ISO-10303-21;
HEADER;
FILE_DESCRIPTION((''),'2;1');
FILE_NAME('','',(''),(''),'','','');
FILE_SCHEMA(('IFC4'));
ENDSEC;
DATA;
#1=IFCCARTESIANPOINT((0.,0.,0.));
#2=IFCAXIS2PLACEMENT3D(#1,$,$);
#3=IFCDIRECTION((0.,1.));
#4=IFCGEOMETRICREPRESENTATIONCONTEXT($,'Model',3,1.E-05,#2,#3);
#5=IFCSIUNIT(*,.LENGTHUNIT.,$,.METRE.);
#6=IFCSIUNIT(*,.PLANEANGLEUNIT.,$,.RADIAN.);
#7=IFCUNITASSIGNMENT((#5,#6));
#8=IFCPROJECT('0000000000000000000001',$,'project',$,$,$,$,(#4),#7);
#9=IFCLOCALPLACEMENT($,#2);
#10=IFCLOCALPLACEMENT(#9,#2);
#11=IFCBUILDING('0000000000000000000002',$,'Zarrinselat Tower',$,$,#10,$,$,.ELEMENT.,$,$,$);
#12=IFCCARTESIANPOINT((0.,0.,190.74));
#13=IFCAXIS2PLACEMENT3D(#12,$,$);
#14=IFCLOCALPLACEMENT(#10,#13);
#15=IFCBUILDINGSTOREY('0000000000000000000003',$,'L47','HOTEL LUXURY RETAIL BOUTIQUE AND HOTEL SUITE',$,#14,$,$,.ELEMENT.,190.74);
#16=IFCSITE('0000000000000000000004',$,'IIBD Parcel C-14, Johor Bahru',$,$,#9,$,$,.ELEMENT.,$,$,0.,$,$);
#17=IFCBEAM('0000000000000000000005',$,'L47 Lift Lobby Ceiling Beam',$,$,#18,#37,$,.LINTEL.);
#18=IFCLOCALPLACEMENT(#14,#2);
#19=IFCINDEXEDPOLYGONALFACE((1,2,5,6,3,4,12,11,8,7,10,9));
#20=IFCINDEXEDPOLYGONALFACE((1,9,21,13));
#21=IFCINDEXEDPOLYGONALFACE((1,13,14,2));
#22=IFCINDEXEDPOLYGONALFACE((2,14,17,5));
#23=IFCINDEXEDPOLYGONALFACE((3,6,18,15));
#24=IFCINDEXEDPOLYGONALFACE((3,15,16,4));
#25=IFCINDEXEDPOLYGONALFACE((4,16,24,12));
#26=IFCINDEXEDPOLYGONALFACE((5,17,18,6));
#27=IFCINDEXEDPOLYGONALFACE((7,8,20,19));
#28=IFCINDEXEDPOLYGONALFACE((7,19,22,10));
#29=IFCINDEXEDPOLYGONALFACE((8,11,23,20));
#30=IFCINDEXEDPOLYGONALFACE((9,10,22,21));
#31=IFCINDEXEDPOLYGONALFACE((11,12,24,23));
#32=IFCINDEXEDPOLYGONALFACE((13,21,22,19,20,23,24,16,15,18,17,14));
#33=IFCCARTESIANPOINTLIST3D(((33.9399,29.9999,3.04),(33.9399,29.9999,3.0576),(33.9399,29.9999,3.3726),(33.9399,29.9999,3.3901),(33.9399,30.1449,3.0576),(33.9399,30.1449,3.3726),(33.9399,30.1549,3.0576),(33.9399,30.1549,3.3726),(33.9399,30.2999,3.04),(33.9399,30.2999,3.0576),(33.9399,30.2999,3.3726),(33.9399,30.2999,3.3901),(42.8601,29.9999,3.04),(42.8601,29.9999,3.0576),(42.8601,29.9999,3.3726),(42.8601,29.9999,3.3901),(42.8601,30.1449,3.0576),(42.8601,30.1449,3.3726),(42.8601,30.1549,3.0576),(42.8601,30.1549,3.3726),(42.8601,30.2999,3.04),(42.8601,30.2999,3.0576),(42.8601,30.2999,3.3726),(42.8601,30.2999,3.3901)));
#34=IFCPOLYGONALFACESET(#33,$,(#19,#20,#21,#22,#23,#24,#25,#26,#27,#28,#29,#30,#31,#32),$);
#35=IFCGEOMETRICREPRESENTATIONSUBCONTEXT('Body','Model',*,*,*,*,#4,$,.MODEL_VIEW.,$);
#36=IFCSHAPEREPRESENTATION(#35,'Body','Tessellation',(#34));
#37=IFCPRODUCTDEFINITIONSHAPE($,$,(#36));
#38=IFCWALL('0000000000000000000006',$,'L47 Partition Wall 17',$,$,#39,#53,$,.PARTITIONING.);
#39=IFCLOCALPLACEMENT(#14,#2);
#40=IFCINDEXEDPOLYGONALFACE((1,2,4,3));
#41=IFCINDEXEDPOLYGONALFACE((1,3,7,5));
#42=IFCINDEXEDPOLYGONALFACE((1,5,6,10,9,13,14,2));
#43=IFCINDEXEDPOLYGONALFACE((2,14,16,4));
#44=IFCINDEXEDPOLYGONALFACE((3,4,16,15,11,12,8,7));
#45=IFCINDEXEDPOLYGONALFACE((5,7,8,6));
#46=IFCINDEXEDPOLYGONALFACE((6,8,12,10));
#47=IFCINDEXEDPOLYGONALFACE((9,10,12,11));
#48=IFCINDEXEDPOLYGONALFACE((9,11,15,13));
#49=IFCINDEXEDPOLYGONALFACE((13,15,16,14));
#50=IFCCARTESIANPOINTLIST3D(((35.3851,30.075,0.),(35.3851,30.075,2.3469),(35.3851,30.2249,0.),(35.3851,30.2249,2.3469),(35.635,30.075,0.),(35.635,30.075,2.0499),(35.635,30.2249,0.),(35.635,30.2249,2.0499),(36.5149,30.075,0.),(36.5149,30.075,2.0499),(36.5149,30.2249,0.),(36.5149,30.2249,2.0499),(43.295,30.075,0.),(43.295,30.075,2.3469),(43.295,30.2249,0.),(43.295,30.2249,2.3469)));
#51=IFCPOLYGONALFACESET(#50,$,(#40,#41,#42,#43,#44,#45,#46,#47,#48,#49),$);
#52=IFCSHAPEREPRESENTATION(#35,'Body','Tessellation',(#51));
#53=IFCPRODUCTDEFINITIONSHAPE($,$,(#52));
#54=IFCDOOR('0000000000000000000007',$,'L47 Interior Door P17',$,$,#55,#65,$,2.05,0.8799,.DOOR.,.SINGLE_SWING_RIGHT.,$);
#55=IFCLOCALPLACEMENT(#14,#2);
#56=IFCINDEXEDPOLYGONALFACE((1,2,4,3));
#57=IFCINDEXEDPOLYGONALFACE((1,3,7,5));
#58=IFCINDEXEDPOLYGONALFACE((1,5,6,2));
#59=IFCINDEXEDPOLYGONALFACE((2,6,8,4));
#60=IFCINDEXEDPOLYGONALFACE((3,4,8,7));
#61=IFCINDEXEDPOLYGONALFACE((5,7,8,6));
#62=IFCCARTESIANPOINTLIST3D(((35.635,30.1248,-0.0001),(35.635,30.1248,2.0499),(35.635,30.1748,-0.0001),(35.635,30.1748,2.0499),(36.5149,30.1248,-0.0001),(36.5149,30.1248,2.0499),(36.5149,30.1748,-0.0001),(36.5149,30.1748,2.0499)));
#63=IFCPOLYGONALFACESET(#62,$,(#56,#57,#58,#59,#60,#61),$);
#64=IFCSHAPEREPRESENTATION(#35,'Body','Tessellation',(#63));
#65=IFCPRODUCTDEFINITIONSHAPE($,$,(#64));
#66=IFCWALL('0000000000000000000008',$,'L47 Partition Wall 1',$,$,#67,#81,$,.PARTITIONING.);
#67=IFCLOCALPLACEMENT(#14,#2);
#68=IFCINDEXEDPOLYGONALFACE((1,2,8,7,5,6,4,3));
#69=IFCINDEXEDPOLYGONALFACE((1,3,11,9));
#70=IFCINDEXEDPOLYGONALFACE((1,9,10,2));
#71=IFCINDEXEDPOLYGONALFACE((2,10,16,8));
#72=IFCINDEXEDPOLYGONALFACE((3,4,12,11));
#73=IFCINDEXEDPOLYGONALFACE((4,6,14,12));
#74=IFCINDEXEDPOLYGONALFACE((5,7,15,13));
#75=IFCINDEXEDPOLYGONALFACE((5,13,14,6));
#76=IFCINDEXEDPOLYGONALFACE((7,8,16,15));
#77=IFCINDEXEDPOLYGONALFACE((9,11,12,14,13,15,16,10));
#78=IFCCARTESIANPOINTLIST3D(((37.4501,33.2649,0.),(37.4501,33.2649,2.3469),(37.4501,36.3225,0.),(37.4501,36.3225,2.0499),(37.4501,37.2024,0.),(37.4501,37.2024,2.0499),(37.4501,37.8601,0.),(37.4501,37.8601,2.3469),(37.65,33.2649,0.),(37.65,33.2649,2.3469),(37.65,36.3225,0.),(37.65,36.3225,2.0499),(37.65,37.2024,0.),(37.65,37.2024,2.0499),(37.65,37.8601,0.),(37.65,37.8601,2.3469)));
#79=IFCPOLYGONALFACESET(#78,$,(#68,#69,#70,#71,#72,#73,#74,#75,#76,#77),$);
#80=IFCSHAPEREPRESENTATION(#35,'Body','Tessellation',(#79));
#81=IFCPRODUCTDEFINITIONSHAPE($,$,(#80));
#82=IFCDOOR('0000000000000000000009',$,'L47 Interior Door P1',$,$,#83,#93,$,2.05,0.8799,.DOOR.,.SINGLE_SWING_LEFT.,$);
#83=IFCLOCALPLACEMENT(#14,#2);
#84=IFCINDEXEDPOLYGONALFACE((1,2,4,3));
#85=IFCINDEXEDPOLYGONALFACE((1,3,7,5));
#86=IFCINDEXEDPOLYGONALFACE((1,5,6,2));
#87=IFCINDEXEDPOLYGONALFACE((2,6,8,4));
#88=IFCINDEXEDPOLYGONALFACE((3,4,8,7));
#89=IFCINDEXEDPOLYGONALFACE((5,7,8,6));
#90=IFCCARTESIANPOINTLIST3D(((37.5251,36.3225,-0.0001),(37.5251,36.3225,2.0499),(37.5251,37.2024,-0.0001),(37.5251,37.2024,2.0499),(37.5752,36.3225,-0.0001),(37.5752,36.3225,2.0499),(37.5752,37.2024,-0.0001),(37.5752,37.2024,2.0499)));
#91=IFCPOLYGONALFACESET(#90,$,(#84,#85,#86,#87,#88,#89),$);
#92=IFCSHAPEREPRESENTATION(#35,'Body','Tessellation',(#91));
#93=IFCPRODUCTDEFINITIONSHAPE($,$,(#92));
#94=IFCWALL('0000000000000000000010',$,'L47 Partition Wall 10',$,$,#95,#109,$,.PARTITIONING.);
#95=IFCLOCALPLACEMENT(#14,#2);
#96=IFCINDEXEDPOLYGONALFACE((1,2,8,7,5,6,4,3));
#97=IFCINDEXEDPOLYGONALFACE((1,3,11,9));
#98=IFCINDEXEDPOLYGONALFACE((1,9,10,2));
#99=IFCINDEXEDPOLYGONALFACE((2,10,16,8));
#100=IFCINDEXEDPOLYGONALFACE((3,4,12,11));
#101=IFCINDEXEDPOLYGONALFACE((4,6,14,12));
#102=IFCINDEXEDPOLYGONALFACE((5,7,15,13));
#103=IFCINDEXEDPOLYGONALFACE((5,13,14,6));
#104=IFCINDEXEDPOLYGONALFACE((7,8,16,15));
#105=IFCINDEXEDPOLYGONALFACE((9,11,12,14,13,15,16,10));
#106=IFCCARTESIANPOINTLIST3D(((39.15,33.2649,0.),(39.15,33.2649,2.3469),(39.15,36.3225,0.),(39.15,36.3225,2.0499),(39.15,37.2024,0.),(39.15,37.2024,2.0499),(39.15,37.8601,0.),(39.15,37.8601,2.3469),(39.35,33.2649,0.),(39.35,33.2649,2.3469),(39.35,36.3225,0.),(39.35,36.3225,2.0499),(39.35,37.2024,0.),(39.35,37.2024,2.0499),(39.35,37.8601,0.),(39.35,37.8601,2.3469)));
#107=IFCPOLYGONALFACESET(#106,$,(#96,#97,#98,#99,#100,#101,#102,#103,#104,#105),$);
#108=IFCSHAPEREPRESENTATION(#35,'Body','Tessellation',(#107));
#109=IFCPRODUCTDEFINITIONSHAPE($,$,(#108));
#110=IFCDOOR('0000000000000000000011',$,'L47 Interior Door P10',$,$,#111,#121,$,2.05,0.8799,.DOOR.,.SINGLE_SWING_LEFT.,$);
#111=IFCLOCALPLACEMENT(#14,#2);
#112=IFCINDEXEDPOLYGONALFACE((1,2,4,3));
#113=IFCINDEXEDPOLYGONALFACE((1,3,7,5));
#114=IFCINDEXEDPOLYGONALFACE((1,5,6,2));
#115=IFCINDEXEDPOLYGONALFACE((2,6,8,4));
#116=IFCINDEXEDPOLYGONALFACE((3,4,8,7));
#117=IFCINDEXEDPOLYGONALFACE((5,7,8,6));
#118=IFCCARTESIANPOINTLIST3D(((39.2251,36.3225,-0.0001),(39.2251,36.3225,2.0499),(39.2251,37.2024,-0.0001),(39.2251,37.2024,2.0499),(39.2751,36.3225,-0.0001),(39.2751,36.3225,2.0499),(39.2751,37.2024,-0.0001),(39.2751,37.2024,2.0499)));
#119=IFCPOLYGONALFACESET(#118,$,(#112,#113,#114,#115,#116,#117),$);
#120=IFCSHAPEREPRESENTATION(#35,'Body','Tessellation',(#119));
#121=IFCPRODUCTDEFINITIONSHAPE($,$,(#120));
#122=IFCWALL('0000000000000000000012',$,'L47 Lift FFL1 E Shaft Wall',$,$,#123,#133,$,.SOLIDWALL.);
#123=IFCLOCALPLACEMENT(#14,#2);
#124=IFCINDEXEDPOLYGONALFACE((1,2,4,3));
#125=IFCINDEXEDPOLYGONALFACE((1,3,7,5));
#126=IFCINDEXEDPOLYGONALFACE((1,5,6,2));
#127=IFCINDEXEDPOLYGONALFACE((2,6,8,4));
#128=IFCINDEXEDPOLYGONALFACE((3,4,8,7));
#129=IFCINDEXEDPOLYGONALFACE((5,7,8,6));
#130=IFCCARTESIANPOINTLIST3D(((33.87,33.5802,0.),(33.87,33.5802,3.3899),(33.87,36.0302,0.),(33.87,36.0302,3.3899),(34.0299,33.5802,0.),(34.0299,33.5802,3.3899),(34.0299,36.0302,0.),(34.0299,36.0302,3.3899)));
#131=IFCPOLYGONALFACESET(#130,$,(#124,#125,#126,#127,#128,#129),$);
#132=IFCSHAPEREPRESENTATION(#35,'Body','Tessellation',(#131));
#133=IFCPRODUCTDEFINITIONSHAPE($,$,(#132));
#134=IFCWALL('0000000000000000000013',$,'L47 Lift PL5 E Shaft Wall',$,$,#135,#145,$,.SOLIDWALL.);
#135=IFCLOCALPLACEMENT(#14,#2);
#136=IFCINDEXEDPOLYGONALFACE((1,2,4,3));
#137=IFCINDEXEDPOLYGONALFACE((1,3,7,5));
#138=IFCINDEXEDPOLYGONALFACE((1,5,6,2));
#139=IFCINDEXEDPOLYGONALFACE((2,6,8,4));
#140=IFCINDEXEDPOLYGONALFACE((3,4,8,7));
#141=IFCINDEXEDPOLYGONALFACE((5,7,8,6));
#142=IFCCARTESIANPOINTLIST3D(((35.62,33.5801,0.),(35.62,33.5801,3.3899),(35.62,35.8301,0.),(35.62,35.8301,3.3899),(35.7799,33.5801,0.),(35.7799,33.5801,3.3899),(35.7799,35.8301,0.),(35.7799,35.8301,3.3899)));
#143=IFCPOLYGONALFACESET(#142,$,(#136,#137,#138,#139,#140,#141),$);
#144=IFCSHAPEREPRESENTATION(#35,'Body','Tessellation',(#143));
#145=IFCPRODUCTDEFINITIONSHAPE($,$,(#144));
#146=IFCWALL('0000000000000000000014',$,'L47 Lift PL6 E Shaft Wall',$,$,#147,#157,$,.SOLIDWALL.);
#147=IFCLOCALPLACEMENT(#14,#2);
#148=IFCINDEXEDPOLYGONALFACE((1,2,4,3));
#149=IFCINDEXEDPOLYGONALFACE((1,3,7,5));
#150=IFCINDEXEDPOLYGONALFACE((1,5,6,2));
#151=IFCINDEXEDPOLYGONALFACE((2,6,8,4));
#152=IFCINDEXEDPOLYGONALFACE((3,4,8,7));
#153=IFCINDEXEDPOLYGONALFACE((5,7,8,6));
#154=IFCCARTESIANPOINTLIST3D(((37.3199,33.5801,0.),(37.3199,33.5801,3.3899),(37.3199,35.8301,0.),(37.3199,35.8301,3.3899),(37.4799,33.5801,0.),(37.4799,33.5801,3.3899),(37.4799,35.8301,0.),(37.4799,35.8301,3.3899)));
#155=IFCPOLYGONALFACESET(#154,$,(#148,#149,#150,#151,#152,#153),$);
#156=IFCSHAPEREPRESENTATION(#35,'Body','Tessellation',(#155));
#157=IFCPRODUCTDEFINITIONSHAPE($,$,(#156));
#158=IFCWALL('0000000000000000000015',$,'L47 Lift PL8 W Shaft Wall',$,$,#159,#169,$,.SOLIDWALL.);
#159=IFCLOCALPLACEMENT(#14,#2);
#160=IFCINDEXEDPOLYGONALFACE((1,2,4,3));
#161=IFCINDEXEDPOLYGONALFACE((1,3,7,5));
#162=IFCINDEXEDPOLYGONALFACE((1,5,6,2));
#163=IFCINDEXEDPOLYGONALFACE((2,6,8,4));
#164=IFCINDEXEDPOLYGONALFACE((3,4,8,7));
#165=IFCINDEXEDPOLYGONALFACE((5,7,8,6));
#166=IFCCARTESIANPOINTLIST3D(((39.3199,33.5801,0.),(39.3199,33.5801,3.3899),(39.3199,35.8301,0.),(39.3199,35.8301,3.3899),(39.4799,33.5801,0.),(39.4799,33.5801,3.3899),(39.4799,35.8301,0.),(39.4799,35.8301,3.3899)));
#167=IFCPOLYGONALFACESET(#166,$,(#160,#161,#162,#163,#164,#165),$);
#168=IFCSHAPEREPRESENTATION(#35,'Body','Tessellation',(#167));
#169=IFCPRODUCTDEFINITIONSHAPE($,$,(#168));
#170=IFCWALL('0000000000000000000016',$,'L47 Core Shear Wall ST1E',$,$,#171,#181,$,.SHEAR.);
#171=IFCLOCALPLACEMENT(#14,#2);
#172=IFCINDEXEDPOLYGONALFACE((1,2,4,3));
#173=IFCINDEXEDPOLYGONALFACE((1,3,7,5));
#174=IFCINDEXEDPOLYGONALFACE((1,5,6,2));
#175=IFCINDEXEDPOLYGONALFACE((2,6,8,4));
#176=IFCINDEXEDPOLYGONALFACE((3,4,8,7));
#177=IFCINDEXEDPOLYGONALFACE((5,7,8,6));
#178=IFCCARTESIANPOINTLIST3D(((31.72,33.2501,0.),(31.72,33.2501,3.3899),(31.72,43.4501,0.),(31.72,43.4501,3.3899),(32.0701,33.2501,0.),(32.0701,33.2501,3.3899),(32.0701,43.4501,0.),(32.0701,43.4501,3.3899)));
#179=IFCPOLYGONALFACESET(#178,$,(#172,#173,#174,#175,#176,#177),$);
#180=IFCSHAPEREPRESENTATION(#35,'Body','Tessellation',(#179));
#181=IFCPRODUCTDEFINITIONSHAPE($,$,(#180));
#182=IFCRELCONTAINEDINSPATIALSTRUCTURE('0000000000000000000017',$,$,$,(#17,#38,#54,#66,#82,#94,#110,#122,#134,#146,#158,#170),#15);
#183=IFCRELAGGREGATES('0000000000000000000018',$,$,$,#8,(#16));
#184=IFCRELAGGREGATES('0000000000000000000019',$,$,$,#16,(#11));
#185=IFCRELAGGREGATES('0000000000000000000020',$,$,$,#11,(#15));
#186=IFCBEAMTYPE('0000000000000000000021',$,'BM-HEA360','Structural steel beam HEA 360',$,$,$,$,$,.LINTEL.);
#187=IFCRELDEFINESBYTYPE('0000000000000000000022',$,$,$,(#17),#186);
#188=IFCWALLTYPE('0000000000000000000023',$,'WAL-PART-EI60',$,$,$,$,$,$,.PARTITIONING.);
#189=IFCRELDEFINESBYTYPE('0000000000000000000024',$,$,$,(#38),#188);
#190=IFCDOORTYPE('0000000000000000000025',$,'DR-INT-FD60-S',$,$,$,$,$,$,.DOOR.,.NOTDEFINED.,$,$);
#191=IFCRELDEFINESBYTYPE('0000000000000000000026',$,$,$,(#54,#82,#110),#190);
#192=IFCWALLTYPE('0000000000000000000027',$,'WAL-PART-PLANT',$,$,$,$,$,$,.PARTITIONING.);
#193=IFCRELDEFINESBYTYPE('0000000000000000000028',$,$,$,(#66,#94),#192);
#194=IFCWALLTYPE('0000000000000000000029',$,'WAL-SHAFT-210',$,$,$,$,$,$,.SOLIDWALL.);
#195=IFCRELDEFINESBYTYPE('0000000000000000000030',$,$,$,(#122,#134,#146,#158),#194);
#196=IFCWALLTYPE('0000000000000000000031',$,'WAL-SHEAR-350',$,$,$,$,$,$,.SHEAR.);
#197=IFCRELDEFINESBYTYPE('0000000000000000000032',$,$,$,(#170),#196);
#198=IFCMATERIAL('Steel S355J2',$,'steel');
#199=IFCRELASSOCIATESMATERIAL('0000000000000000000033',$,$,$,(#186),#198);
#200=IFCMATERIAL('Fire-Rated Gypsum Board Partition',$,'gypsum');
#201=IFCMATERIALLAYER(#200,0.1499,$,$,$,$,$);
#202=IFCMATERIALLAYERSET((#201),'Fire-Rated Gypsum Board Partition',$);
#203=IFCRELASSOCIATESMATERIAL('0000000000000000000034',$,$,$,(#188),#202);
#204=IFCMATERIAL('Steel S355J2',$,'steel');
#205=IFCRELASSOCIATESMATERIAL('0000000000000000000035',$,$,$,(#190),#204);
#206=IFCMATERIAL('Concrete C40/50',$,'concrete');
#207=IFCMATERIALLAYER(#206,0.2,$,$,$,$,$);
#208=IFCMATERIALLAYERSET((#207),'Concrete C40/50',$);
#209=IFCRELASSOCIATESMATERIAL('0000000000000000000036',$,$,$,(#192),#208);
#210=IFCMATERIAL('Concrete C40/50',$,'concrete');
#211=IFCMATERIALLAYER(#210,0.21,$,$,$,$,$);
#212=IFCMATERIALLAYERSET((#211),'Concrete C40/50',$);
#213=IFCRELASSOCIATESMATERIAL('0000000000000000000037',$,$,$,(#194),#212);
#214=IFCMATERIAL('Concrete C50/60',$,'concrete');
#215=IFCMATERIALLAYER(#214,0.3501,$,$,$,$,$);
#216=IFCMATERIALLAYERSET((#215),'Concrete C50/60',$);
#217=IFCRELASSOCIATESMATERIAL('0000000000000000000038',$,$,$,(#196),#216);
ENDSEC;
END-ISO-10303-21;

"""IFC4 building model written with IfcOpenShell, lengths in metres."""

from ifc_helpers import new_model, si_unit, direction, frame, frame_2d, origin, origin_2d, place, context, subcontext, project, spatial, rectangle, i_section, extrude, material, layer, layer_set, material_profile, profile_set, type_object, element, fill, save


model = new_model("IFC4")

# Units and contexts
model_context = context("Model", 3, precision=1e-05, world=origin(), true_north=direction((0.0, 1.0)))
body_context = subcontext(model_context, "Body", "Model", "MODEL_VIEW")
ifc_project = project(units=[si_unit("LENGTHUNIT", "METRE"), si_unit("PLANEANGLEUNIT", "RADIAN")], contexts=[model_context])

# Site, building, storey
site_placement = place(None, origin())
site = spatial("IfcSite", under=ifc_project, at=site_placement, Name="IIBD Parcel C-14, Johor Bahru", CompositionType="ELEMENT", RefElevation=0.0)
building_placement = place(site_placement, origin())
building = spatial("IfcBuilding", under=site, at=building_placement, Name="Zarrinselat Tower", CompositionType="ELEMENT")
storey_placement = place(building_placement, frame((0.0, 0.0, 190.74)))
storey = spatial("IfcBuildingStorey", under=building, at=storey_placement, Name="L47", Description="HOTEL LUXURY RETAIL BOUTIQUE AND HOTEL SUITE", CompositionType="ELEMENT", Elevation=190.74)

# Beam
ifc_material_1 = material(Name="Steel S355J2", Category="steel")
ifc_material_profile = material_profile(ifc_material_1, i_section(OverallWidth=0.3, OverallDepth=0.3501, WebThickness=0.01, FlangeThickness=0.0176, at=origin_2d()), Name="HEA 360")
ifc_profile_set = profile_set([ifc_material_profile], Name="Steel S355J2")
beam_type = type_object("IfcBeamType", Name="BM-HEA360", Description="Structural steel beam HEA 360", PredefinedType="LINTEL", material=ifc_profile_set)
beam_placement = place(storey_placement, frame((33.9399, 30.1499, 3.2151), z_axis=(1.0, 0.0, 0.0), x_axis=(0.0, 1.0, 0.0)))
element("IfcBeam", 1, at=beam_placement, inside=storey, type_object=beam_type, Name="L47 Lift Lobby Ceiling Beam", PredefinedType="LINTEL", context=body_context, shape_type="SweptSolid", body=[
    extrude(i_section(OverallWidth=0.3, OverallDepth=0.3501, WebThickness=0.01, FlangeThickness=0.0176, at=origin_2d()), origin(), (0.0, 0.0, 1.0), 8.9202),
])

# Walls, openings, doors
ifc_material_2 = material(Name="Fire-Rated Gypsum Board Partition", Category="gypsum")
ifc_layer_1 = layer(ifc_material_2, 0.1499)
ifc_layer_set_1 = layer_set([ifc_layer_1], Name="Fire-Rated Gypsum Board Partition")
wall_type_1 = type_object("IfcWallType", Name="WAL-PART-EI60", PredefinedType="PARTITIONING", material=ifc_layer_set_1)
wall_1_placement = place(storey_placement, frame((35.385, 30.1499, 0.0), z_axis=(0.0, 0.0, 1.0), x_axis=(1.0, 0.0, 0.0)))
wall_1 = element("IfcWall", 2, at=wall_1_placement, inside=storey, type_object=wall_type_1, Name="L47 Partition Wall 17", PredefinedType="PARTITIONING", context=body_context, shape_type="SweptSolid", body=[
    extrude(rectangle(XDim=7.9099, YDim=0.1499, at=frame_2d((3.9551, 0.0))), origin(), (0.0, 0.0, 1.0), 2.3469),
])
opening_1_placement = place(wall_1_placement, frame((0.25, 0.0, 0.0)))
opening_1 = element("IfcOpeningElement", 3, at=opening_1_placement, cuts=wall_1, PredefinedType="OPENING", context=body_context, shape_type="SweptSolid", body=[
    extrude(rectangle(XDim=0.8799, YDim=2.05, at=frame_2d((0.4399, 1.0249))), frame((0.0, 0.085, 0.0), z_axis=(0.0, -1.0, 0.0), x_axis=(1.0, 0.0, 0.0)), (0.0, 0.0, 1.0), 0.1699),
])
ifc_material_3 = material(Name="Steel S355J2", Category="steel")
door_type = type_object("IfcDoorType", Name="DR-INT-FD60-S", OperationType="NOTDEFINED", PredefinedType="DOOR", material=ifc_material_3)
door_1_placement = place(opening_1_placement, origin())
door_1 = element("IfcDoor", 4, at=door_1_placement, inside=storey, type_object=door_type, Name="L47 Interior Door P17", OperationType="SINGLE_SWING_RIGHT", OverallHeight=2.05, OverallWidth=0.8799, PredefinedType="DOOR", context=body_context, shape_type="SweptSolid", body=[
    extrude(rectangle(XDim=0.8799, YDim=2.05, at=frame_2d((0.4399, 1.0249))), frame((0.0, 0.0249, 0.0), z_axis=(0.0, -1.0, 0.0), x_axis=(1.0, 0.0, 0.0)), (0.0, 0.0, 1.0), 0.05),
])
fill(opening_1, door_1)
ifc_material_4 = material(Name="Concrete C40/50", Category="concrete")
ifc_layer_2 = layer(ifc_material_4, 0.2)
ifc_layer_set_2 = layer_set([ifc_layer_2], Name="Concrete C40/50")
wall_type_2 = type_object("IfcWallType", Name="WAL-PART-PLANT", PredefinedType="PARTITIONING", material=ifc_layer_set_2)
wall_2_placement = place(storey_placement, frame((37.55, 33.2649, 0.0), z_axis=(0.0, 0.0, 1.0), x_axis=(0.0, 1.0, 0.0)))
wall_2 = element("IfcWall", 5, at=wall_2_placement, inside=storey, type_object=wall_type_2, Name="L47 Partition Wall 1", PredefinedType="PARTITIONING", context=body_context, shape_type="SweptSolid", body=[
    extrude(rectangle(XDim=4.5952, YDim=0.2, at=frame_2d((2.2976, 0.0))), origin(), (0.0, 0.0, 1.0), 2.3469),
])
opening_2_placement = place(wall_2_placement, frame((3.0576, 0.0, 0.0)))
opening_2 = element("IfcOpeningElement", 6, at=opening_2_placement, cuts=wall_2, PredefinedType="OPENING", context=body_context, shape_type="SweptSolid", body=[
    extrude(rectangle(XDim=0.8799, YDim=2.05, at=frame_2d((0.4399, 1.0249))), frame((0.0, 0.1099, 0.0), z_axis=(0.0, -1.0, 0.0), x_axis=(1.0, 0.0, 0.0)), (0.0, 0.0, 1.0), 0.22),
])
door_2_placement = place(opening_2_placement, origin())
door_2 = element("IfcDoor", 7, at=door_2_placement, inside=storey, type_object=door_type, Name="L47 Interior Door P1", OperationType="SINGLE_SWING_LEFT", OverallHeight=2.05, OverallWidth=0.8799, PredefinedType="DOOR", context=body_context, shape_type="SweptSolid", body=[
    extrude(rectangle(XDim=0.8799, YDim=2.05, at=frame_2d((0.4399, 1.0249))), frame((0.0, 0.0249, 0.0), z_axis=(0.0, -1.0, 0.0), x_axis=(1.0, 0.0, 0.0)), (0.0, 0.0, 1.0), 0.05),
])
fill(opening_2, door_2)
wall_3_placement = place(storey_placement, frame((39.25, 33.2649, 0.0), z_axis=(0.0, 0.0, 1.0), x_axis=(0.0, 1.0, 0.0)))
wall_3 = element("IfcWall", 8, at=wall_3_placement, inside=storey, type_object=wall_type_2, Name="L47 Partition Wall 10", PredefinedType="PARTITIONING", context=body_context, shape_type="SweptSolid", body=[
    extrude(rectangle(XDim=4.5952, YDim=0.2, at=frame_2d((2.2976, 0.0))), origin(), (0.0, 0.0, 1.0), 2.3469),
])
opening_3_placement = place(wall_3_placement, frame((3.0576, 0.0, 0.0)))
opening_3 = element("IfcOpeningElement", 9, at=opening_3_placement, cuts=wall_3, PredefinedType="OPENING", context=body_context, shape_type="SweptSolid", body=[
    extrude(rectangle(XDim=0.8799, YDim=2.05, at=frame_2d((0.4399, 1.0249))), frame((0.0, 0.1099, 0.0), z_axis=(0.0, -1.0, 0.0), x_axis=(1.0, 0.0, 0.0)), (0.0, 0.0, 1.0), 0.22),
])
door_3_placement = place(opening_3_placement, origin())
door_3 = element("IfcDoor", 10, at=door_3_placement, inside=storey, type_object=door_type, Name="L47 Interior Door P10", OperationType="SINGLE_SWING_LEFT", OverallHeight=2.05, OverallWidth=0.8799, PredefinedType="DOOR", context=body_context, shape_type="SweptSolid", body=[
    extrude(rectangle(XDim=0.8799, YDim=2.05, at=frame_2d((0.4399, 1.0249))), frame((0.0, 0.0249, 0.0), z_axis=(0.0, -1.0, 0.0), x_axis=(1.0, 0.0, 0.0)), (0.0, 0.0, 1.0), 0.05),
])
fill(opening_3, door_3)

# Walls
ifc_material_5 = material(Name="Concrete C40/50", Category="concrete")
ifc_layer_3 = layer(ifc_material_5, 0.21)
ifc_layer_set_3 = layer_set([ifc_layer_3], Name="Concrete C40/50")
wall_type_3 = type_object("IfcWallType", Name="WAL-SHAFT-210", PredefinedType="SOLIDWALL", material=ifc_layer_set_3)
wall_4_placement = place(storey_placement, frame((33.95, 33.5801, 0.0), z_axis=(0.0, 0.0, 1.0), x_axis=(0.0, 1.0, 0.0)))
element("IfcWall", 11, at=wall_4_placement, inside=storey, type_object=wall_type_3, Name="L47 Lift FFL1 E Shaft Wall", PredefinedType="SOLIDWALL", context=body_context, shape_type="SweptSolid", body=[
    extrude(rectangle(XDim=2.45, YDim=0.1599, at=frame_2d((1.2251, 0.0))), origin(), (0.0, 0.0, 1.0), 3.3899),
])
for number, where, z_axis, x_axis, name in (
    (12, (35.7, 33.5801, 0.0), (0.0, 0.0, 1.0), (0.0, 1.0, 0.0), "L47 Lift PL5 E Shaft Wall"),
    (13, (37.3999, 33.5801, 0.0), (0.0, 0.0, 1.0), (0.0, 1.0, 0.0), "L47 Lift PL6 E Shaft Wall"),
    (14, (39.3999, 33.5801, 0.0), (0.0, 0.0, 1.0), (0.0, 1.0, 0.0), "L47 Lift PL8 W Shaft Wall"),
):
    element("IfcWall", number, at=place(storey_placement, frame(where, z_axis=z_axis, x_axis=x_axis)), inside=storey, type_object=wall_type_3, Name=name, PredefinedType="SOLIDWALL", context=body_context, shape_type="SweptSolid", body=[
        extrude(rectangle(XDim=2.25, YDim=0.1599, at=frame_2d((1.125, 0.0))), origin(), (0.0, 0.0, 1.0), 3.3899),
    ])
ifc_material_6 = material(Name="Concrete C50/60", Category="concrete")
ifc_layer_4 = layer(ifc_material_6, 0.3501)
ifc_layer_set_4 = layer_set([ifc_layer_4], Name="Concrete C50/60")
wall_type_4 = type_object("IfcWallType", Name="WAL-SHEAR-350", PredefinedType="SHEAR", material=ifc_layer_set_4)
wall_5_placement = place(storey_placement, frame((31.895, 33.25, 0.0), z_axis=(0.0, 0.0, 1.0), x_axis=(0.0, 1.0, 0.0)))
element("IfcWall", 15, at=wall_5_placement, inside=storey, type_object=wall_type_4, Name="L47 Core Shear Wall ST1E", PredefinedType="SHEAR", context=body_context, shape_type="SweptSolid", body=[
    extrude(rectangle(XDim=10.2, YDim=0.3501, at=frame_2d((5.1001, 0.0))), origin(), (0.0, 0.0, 1.0), 3.3899),
])

save(model, "model.ifc")
